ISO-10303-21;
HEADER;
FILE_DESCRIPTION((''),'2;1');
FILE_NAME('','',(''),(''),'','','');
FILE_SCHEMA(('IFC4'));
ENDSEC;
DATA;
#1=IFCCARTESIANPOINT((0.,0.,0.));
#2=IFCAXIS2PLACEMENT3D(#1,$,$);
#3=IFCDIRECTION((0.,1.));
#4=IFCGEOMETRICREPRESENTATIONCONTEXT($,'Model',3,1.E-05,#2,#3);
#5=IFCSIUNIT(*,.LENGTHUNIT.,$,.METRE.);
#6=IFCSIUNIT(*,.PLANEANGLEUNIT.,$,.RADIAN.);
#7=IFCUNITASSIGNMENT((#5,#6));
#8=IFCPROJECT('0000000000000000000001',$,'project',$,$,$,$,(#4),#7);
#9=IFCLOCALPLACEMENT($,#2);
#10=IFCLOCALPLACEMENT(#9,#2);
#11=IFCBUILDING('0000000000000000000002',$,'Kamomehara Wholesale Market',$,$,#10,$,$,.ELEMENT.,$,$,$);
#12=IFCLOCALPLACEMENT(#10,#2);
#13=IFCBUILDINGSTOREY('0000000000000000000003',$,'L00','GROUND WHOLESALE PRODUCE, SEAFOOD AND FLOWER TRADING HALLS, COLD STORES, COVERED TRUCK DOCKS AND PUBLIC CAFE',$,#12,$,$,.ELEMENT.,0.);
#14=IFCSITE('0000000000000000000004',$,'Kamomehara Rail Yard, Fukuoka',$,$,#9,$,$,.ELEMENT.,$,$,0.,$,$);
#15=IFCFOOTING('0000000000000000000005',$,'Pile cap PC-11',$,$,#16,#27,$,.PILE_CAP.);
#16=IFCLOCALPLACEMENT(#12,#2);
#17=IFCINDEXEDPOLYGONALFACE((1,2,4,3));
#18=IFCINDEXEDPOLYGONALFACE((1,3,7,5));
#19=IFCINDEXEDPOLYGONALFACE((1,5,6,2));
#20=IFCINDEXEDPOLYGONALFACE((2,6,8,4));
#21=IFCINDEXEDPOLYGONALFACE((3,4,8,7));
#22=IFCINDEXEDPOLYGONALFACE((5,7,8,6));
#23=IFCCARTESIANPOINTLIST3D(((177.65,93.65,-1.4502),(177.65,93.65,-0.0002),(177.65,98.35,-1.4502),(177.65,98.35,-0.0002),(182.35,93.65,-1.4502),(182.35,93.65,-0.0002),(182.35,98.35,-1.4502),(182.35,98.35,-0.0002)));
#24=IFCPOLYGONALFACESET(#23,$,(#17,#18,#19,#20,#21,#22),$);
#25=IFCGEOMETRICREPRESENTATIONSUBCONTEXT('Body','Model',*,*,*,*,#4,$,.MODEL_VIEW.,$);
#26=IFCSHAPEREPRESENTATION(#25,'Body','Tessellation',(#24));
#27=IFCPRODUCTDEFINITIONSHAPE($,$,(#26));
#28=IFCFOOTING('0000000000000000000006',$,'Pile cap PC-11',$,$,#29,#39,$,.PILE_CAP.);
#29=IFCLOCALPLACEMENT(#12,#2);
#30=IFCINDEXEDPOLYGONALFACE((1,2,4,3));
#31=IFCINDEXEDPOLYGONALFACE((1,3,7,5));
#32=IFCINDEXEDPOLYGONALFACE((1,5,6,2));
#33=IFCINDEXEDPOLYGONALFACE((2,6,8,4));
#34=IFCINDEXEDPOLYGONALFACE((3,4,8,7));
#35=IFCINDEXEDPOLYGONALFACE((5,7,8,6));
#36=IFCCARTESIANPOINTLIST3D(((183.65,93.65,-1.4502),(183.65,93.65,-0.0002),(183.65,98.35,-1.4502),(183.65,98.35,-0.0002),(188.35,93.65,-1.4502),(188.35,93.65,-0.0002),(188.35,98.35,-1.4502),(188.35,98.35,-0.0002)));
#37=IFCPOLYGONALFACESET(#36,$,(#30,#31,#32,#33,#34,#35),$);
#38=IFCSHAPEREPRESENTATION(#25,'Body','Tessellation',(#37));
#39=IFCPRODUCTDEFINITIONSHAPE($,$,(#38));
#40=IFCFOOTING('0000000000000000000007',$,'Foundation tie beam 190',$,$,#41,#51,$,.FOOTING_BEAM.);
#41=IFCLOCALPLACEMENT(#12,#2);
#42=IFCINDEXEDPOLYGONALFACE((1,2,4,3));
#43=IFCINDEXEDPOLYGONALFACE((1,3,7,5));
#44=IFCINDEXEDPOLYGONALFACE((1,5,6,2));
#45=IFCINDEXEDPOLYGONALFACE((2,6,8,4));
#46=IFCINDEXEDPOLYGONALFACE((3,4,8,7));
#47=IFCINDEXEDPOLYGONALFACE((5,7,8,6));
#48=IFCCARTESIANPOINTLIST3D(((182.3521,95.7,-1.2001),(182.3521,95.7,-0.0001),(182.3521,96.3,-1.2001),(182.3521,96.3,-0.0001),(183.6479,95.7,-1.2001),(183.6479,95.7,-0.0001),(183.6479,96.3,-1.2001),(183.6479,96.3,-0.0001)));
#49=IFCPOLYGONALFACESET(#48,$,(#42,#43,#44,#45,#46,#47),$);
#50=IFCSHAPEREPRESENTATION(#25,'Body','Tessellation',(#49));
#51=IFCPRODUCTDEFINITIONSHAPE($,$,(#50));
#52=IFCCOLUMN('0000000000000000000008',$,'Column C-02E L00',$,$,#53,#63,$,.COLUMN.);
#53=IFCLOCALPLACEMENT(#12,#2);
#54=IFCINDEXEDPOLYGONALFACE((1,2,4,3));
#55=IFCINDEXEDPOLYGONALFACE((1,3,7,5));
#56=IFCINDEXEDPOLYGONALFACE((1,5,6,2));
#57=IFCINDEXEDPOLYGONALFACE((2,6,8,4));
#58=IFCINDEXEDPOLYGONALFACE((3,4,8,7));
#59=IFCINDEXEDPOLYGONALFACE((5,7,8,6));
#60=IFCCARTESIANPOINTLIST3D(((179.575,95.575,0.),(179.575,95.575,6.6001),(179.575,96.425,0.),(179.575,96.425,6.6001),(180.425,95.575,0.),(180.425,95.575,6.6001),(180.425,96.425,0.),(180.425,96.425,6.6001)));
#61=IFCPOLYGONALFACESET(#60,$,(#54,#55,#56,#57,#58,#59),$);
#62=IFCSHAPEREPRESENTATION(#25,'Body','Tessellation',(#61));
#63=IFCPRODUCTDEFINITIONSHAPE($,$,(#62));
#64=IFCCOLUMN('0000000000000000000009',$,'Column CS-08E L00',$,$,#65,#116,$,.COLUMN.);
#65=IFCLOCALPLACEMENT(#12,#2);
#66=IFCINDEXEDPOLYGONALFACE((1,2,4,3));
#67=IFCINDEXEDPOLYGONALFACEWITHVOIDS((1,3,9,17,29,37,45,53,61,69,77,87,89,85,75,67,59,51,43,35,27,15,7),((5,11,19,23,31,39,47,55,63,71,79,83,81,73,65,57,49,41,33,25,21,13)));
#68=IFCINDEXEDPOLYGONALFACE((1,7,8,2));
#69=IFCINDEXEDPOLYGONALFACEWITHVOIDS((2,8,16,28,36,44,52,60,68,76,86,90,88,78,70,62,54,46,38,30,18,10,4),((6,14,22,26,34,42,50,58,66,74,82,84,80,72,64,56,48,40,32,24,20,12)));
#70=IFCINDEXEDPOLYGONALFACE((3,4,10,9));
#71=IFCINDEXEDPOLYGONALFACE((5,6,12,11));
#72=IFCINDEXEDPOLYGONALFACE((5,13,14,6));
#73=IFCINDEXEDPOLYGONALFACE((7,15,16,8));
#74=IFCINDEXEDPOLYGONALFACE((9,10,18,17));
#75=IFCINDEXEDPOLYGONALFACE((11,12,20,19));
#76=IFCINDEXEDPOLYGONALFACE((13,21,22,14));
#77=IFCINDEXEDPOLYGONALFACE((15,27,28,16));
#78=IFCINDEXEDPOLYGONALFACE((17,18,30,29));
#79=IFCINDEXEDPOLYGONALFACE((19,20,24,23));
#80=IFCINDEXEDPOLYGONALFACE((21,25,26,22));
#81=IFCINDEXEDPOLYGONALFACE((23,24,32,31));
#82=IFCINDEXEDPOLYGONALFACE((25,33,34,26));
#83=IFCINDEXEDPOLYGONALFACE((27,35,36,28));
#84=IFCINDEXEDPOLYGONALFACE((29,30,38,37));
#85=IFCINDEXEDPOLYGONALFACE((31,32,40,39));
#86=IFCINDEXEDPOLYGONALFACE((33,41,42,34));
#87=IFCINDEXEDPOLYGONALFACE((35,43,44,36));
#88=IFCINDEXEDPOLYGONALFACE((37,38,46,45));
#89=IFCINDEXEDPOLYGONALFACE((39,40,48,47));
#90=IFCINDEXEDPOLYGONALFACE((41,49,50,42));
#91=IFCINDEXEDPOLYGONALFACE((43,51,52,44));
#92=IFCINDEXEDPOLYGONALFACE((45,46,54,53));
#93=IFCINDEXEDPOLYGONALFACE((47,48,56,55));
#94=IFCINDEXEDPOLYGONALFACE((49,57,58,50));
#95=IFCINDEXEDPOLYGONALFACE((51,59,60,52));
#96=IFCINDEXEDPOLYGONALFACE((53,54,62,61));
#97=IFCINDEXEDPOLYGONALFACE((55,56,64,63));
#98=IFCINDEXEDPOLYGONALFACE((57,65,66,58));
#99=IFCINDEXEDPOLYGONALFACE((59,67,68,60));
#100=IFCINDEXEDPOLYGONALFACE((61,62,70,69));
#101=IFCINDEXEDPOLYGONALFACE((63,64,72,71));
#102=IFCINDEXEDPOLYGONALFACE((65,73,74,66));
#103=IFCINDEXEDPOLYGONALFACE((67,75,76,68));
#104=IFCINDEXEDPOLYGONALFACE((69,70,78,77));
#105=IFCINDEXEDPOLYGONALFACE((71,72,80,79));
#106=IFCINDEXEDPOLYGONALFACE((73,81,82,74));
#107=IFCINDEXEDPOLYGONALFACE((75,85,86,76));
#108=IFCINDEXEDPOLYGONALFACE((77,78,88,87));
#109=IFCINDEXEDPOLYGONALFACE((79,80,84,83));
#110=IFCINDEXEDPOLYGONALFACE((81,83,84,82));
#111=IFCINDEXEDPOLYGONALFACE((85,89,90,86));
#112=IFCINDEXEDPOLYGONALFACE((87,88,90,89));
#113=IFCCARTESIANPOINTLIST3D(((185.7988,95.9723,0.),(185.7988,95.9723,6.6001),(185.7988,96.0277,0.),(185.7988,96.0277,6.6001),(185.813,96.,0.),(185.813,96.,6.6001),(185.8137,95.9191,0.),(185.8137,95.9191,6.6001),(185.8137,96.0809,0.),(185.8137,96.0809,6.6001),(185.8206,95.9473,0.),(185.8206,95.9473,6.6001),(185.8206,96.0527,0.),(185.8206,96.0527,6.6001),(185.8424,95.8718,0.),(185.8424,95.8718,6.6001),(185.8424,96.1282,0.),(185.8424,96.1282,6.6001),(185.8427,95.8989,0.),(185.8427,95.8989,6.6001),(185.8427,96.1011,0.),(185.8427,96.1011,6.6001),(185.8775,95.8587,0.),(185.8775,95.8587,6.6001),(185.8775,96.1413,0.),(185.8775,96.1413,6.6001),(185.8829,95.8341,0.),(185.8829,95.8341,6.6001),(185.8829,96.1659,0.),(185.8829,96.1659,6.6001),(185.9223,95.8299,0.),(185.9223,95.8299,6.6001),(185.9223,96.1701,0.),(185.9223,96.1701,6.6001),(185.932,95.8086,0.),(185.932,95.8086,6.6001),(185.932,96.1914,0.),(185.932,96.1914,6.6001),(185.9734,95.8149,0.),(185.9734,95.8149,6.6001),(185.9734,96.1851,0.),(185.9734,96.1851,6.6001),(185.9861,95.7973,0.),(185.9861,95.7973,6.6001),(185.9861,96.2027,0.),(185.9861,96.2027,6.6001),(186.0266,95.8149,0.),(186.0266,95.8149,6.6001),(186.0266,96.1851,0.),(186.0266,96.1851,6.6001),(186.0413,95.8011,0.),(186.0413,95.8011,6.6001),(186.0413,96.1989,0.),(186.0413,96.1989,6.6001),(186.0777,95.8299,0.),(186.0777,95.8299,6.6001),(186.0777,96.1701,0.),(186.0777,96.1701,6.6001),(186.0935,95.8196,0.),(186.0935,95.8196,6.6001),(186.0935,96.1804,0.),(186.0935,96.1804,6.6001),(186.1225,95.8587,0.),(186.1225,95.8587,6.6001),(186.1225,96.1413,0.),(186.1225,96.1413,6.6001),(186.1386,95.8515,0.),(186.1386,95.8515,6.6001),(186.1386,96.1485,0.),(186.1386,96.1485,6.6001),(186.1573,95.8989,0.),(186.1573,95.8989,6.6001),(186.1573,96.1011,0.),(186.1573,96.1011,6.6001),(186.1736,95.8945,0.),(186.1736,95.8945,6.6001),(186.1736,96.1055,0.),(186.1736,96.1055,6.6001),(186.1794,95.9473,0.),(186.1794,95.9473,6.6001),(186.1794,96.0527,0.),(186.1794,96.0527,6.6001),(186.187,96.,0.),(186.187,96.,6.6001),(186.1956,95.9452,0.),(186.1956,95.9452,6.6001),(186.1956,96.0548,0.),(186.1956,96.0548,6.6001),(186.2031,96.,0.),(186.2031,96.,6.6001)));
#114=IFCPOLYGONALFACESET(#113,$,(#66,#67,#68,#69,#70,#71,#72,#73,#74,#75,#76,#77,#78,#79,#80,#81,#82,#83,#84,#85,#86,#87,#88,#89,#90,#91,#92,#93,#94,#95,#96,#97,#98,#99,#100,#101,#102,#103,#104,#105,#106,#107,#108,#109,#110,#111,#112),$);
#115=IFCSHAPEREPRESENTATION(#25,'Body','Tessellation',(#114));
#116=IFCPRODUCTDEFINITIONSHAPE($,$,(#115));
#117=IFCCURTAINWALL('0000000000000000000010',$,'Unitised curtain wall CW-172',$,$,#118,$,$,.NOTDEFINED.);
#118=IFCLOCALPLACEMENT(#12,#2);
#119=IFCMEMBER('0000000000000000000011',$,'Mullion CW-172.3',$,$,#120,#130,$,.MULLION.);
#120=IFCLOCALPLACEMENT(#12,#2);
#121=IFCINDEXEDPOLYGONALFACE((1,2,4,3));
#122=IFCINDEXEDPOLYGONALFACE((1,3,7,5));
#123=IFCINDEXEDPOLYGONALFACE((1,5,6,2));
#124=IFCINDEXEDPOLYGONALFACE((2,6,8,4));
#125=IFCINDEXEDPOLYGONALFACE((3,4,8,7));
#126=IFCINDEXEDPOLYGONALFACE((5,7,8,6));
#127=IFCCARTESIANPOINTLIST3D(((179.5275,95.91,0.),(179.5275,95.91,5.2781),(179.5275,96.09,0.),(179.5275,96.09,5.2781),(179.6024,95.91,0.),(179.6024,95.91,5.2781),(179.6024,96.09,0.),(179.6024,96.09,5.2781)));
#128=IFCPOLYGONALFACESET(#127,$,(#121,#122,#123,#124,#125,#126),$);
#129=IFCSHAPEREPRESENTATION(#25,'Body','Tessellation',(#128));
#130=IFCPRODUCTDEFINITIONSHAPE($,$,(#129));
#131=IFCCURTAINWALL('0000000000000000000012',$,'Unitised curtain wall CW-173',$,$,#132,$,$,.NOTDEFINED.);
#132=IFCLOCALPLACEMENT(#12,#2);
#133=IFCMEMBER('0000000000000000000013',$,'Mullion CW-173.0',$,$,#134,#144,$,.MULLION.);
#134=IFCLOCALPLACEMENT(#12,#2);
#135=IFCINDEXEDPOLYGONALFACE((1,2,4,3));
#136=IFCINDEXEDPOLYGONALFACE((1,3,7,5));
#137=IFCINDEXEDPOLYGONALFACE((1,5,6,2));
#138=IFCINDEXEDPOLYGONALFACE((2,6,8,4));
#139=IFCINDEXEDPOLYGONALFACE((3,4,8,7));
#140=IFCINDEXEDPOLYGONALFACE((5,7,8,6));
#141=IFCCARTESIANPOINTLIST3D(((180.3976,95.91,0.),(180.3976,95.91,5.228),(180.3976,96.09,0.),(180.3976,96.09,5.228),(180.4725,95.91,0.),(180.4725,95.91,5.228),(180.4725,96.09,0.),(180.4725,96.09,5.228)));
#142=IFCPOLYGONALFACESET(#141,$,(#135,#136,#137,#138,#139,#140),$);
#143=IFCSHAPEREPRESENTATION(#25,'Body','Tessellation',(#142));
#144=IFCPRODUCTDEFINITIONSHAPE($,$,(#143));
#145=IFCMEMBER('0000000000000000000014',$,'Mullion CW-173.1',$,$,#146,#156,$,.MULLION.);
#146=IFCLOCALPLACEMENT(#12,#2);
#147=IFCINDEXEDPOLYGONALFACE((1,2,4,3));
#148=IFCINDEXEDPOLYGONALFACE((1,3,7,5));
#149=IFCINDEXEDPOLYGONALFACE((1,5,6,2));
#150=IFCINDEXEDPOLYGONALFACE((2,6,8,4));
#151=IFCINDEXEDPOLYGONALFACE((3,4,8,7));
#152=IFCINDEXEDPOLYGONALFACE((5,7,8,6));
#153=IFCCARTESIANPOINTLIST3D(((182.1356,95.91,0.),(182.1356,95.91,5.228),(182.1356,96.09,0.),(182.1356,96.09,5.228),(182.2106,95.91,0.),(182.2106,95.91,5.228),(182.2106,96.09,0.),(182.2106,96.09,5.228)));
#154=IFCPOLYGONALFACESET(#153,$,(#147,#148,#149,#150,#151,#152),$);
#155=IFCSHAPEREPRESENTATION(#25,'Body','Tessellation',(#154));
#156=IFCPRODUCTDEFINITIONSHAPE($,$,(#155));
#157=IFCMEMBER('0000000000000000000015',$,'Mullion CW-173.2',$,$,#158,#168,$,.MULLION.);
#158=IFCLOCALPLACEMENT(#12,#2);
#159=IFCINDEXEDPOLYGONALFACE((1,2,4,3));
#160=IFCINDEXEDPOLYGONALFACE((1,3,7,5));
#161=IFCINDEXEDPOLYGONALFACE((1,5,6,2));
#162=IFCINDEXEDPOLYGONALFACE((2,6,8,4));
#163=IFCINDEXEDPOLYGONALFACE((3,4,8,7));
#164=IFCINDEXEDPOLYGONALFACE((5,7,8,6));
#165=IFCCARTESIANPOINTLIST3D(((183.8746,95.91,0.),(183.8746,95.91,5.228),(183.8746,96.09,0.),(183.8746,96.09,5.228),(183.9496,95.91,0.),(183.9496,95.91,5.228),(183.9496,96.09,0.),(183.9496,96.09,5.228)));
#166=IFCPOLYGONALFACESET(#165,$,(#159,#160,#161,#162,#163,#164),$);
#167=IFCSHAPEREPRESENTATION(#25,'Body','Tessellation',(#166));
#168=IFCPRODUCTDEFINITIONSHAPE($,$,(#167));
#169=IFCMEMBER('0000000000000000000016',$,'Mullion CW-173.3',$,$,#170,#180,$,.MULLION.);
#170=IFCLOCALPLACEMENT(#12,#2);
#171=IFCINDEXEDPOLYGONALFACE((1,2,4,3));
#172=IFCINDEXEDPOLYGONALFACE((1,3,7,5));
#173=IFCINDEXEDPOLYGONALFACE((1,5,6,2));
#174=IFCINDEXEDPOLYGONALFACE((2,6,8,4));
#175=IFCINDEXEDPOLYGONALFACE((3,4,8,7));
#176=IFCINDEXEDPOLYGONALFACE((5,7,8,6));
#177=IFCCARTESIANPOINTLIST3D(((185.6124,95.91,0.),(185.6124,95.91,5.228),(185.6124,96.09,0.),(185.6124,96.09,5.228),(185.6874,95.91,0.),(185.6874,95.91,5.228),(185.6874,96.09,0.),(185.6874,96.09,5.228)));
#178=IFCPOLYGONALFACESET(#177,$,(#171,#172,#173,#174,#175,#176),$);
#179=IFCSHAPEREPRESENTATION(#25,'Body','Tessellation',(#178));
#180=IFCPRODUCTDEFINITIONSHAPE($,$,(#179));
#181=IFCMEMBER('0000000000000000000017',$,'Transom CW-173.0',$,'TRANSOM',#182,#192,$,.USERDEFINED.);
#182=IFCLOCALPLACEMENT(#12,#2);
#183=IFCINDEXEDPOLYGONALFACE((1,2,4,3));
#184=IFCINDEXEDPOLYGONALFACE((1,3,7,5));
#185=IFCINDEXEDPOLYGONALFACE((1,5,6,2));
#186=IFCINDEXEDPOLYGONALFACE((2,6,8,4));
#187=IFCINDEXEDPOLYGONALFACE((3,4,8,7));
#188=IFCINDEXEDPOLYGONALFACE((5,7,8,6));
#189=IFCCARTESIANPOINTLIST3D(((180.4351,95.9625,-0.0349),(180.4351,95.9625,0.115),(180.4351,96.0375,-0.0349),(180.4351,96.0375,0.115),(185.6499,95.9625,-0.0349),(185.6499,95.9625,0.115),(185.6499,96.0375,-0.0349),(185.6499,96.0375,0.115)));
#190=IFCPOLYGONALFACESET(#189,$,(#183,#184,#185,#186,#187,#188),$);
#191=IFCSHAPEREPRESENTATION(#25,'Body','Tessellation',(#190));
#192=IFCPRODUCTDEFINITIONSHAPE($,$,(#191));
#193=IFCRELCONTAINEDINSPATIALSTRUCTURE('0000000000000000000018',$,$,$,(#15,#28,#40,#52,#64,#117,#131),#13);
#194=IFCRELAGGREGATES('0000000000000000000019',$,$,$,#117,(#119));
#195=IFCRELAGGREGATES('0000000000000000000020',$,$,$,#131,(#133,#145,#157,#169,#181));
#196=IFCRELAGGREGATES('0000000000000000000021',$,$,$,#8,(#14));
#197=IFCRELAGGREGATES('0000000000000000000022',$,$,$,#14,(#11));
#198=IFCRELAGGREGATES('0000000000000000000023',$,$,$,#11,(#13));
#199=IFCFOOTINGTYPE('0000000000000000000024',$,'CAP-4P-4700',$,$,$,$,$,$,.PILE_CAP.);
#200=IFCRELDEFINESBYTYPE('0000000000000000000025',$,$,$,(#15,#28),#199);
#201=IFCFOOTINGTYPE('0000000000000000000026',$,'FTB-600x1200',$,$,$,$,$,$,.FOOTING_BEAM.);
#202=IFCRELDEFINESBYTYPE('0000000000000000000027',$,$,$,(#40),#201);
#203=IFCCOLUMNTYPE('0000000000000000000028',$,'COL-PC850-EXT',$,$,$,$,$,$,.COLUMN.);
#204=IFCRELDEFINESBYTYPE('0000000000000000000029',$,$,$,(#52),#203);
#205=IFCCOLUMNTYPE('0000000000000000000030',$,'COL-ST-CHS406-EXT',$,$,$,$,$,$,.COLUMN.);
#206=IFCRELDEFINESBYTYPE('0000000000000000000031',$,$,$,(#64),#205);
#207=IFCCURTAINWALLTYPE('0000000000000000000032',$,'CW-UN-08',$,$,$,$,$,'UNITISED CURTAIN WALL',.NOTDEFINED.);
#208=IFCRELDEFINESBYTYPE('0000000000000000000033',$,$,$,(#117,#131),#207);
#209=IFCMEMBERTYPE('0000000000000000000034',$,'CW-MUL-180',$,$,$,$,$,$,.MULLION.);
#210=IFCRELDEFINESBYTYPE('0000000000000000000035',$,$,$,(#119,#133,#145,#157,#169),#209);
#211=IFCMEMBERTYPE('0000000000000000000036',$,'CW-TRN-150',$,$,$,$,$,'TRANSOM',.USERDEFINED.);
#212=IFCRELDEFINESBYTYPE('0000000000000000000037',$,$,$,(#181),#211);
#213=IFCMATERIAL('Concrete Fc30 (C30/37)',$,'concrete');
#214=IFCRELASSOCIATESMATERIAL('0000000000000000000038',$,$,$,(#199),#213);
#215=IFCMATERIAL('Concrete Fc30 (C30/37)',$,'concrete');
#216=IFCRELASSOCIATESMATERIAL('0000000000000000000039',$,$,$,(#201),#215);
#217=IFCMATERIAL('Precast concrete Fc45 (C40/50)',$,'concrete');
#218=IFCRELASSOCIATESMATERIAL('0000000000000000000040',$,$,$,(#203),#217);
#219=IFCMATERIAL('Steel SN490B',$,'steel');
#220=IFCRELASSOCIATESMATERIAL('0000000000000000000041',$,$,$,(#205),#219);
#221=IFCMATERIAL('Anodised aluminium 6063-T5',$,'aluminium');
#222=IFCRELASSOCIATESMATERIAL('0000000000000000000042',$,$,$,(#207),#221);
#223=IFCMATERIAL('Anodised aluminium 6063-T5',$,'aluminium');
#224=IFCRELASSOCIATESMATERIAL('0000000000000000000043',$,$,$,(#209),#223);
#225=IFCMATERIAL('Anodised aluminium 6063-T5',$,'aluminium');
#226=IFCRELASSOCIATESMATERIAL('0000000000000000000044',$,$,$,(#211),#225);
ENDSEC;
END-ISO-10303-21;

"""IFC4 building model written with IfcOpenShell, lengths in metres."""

from ifc_helpers import new_model, si_unit, direction, frame, origin, origin_2d, place, context, subcontext, project, spatial, rectangle, hollow_circle, extrude, material, material_profile, profile_set, type_object, element, aggregate, save


model = new_model("IFC4")

# Units and contexts
model_context = context("Model", 3, precision=1e-05, world=origin(), true_north=direction((0.0, 1.0)))
body_context = subcontext(model_context, "Body", "Model", "MODEL_VIEW")
ifc_project = project(units=[si_unit("LENGTHUNIT", "METRE"), si_unit("PLANEANGLEUNIT", "RADIAN")], contexts=[model_context])

# Site, building, storey
site_placement = place(None, origin())
site = spatial("IfcSite", under=ifc_project, at=site_placement, Name="Kamomehara Rail Yard, Fukuoka", CompositionType="ELEMENT", RefElevation=0.0)
building_placement = place(site_placement, origin())
building = spatial("IfcBuilding", under=site, at=building_placement, Name="Kamomehara Wholesale Market", CompositionType="ELEMENT")
storey_placement = place(building_placement, origin())
storey = spatial("IfcBuildingStorey", under=building, at=storey_placement, Name="L00", Description="GROUND WHOLESALE PRODUCE, SEAFOOD AND FLOWER TRADING HALLS, COLD STORES, COVERED TRUCK DOCKS AND PUBLIC CAFE", CompositionType="ELEMENT", Elevation=0.0)

# Footings
ifc_material_1 = material(Name="Concrete Fc30 (C30/37)", Category="concrete")
footing_type_1 = type_object("IfcFootingType", Name="CAP-4P-4700", PredefinedType="PILE_CAP", material=ifc_material_1)
for number, where, z_axis, x_axis, name in (
    (1, (180.0, 96.0, -1.4502), (0.0, 0.0, 1.0), (1.0, 0.0, 0.0), "Pile cap PC-11"),
    (2, (186.0, 96.0, -1.4502), (0.0, 0.0, 1.0), (1.0, 0.0, 0.0), "Pile cap PC-11"),
):
    element("IfcFooting", number, at=place(storey_placement, frame(where, z_axis=z_axis, x_axis=x_axis)), inside=storey, type_object=footing_type_1, Name=name, PredefinedType="PILE_CAP", context=body_context, shape_type="SweptSolid", body=[
        extrude(rectangle(XDim=4.7, YDim=4.7, at=origin_2d()), origin(), (0.0, 0.0, 1.0), 1.45),
    ])
ifc_material_2 = material(Name="Concrete Fc30 (C30/37)", Category="concrete")
ifc_material_profile_1 = material_profile(ifc_material_2, rectangle(XDim=0.6001, YDim=1.2, at=origin_2d()), Name="RC-FTB-600x1200")
ifc_profile_set_1 = profile_set([ifc_material_profile_1], Name="Concrete Fc30 (C30/37)")
footing_type_2 = type_object("IfcFootingType", Name="FTB-600x1200", PredefinedType="FOOTING_BEAM", material=ifc_profile_set_1)
footing_placement = place(storey_placement, frame((182.3521, 96.0, -0.6001), z_axis=(1.0, 0.0, 0.0), x_axis=(0.0, 1.0, 0.0)))
element("IfcFooting", 3, at=footing_placement, inside=storey, type_object=footing_type_2, Name="Foundation tie beam 190", PredefinedType="FOOTING_BEAM", context=body_context, shape_type="SweptSolid", body=[
    extrude(rectangle(XDim=0.6001, YDim=1.2, at=origin_2d()), origin(), (0.0, 0.0, 1.0), 1.2959),
])

# Columns
ifc_material_3 = material(Name="Precast concrete Fc45 (C40/50)", Category="concrete")
ifc_material_profile_2 = material_profile(ifc_material_3, rectangle(XDim=0.8501, YDim=0.8501, at=origin_2d()), Name="PC-COL-850x850")
ifc_profile_set_2 = profile_set([ifc_material_profile_2], Name="Precast concrete Fc45 (C40/50)")
column_type_1 = type_object("IfcColumnType", Name="COL-PC850-EXT", PredefinedType="COLUMN", material=ifc_profile_set_2)
column_1_placement = place(storey_placement, frame((180.0, 96.0, 0.0), z_axis=(0.0, 0.0, 1.0), x_axis=(1.0, 0.0, 0.0)))
element("IfcColumn", 4, at=column_1_placement, inside=storey, type_object=column_type_1, Name="Column C-02E L00", PredefinedType="COLUMN", context=body_context, shape_type="SweptSolid", body=[
    extrude(rectangle(XDim=0.8501, YDim=0.8501, at=origin_2d()), origin(), (0.0, 0.0, 1.0), 6.6001),
])
ifc_material_4 = material(Name="Steel SN490B", Category="steel")
ifc_material_profile_3 = material_profile(ifc_material_4, hollow_circle(Radius=0.2031, WallThickness=0.0161, at=origin_2d()), Name="CHS-406.4x16.0")
ifc_profile_set_3 = profile_set([ifc_material_profile_3], Name="Steel SN490B")
column_type_2 = type_object("IfcColumnType", Name="COL-ST-CHS406-EXT", PredefinedType="COLUMN", material=ifc_profile_set_3)
column_2_placement = place(storey_placement, frame((186.0, 96.0, 0.0), z_axis=(0.0, 0.0, 1.0), x_axis=(1.0, 0.0, 0.0)))
element("IfcColumn", 5, at=column_2_placement, inside=storey, type_object=column_type_2, Name="Column CS-08E L00", PredefinedType="COLUMN", context=body_context, shape_type="SweptSolid", body=[
    extrude(hollow_circle(Radius=0.2031, WallThickness=0.0161, at=origin_2d()), origin(), (0.0, 0.0, 1.0), 6.6001),
])

# Curtain wall, member
ifc_material_5 = material(Name="Anodised aluminium 6063-T5", Category="aluminium")
curtain_wall_type = type_object("IfcCurtainWallType", Name="CW-UN-08", ElementType="UNITISED CURTAIN WALL", PredefinedType="NOTDEFINED", material=ifc_material_5)
curtain_wall_1_placement = place(storey_placement, origin())
curtain_wall_1 = element("IfcCurtainWall", 6, at=curtain_wall_1_placement, inside=storey, type_object=curtain_wall_type, Name="Unitised curtain wall CW-172", PredefinedType="NOTDEFINED")
ifc_material_6 = material(Name="Anodised aluminium 6063-T5", Category="aluminium")
ifc_material_profile_4 = material_profile(ifc_material_6, rectangle(XDim=0.075, YDim=0.1799, at=origin_2d()), Name="ALU-MUL-75x180")
ifc_profile_set_4 = profile_set([ifc_material_profile_4], Name="Anodised aluminium 6063-T5")
member_type_1 = type_object("IfcMemberType", Name="CW-MUL-180", PredefinedType="MULLION", material=ifc_profile_set_4)
member_1_placement = place(storey_placement, frame((179.5649, 96.0, 0.0), z_axis=(0.0, 0.0, 1.0), x_axis=(1.0, 0.0, 0.0)))
member_1 = element("IfcMember", 7, at=member_1_placement, type_object=member_type_1, Name="Mullion CW-172.3", PredefinedType="MULLION", context=body_context, shape_type="SweptSolid", body=[
    extrude(rectangle(XDim=0.075, YDim=0.1799, at=origin_2d()), origin(), (0.0, 0.0, 1.0), 5.2781),
])

# Curtain wall, members
curtain_wall_2_placement = place(storey_placement, origin())
curtain_wall_2 = element("IfcCurtainWall", 8, at=curtain_wall_2_placement, inside=storey, type_object=curtain_wall_type, Name="Unitised curtain wall CW-173", PredefinedType="NOTDEFINED")
member_2_placement = place(storey_placement, frame((180.4351, 96.0, 0.0), z_axis=(0.0, 0.0, 1.0), x_axis=(1.0, 0.0, 0.0)))
member_2 = element("IfcMember", 9, at=member_2_placement, type_object=member_type_1, Name="Mullion CW-173.0", PredefinedType="MULLION", context=body_context, shape_type="SweptSolid", body=[
    extrude(rectangle(XDim=0.075, YDim=0.1799, at=origin_2d()), origin(), (0.0, 0.0, 1.0), 5.228),
])
member_3_placement = place(storey_placement, frame((182.1731, 96.0, 0.0), z_axis=(0.0, 0.0, 1.0), x_axis=(1.0, 0.0, 0.0)))
member_3 = element("IfcMember", 10, at=member_3_placement, type_object=member_type_1, Name="Mullion CW-173.1", PredefinedType="MULLION", context=body_context, shape_type="SweptSolid", body=[
    extrude(rectangle(XDim=0.075, YDim=0.1799, at=origin_2d()), origin(), (0.0, 0.0, 1.0), 5.228),
])
member_4_placement = place(storey_placement, frame((183.9121, 96.0, 0.0), z_axis=(0.0, 0.0, 1.0), x_axis=(1.0, 0.0, 0.0)))
member_4 = element("IfcMember", 11, at=member_4_placement, type_object=member_type_1, Name="Mullion CW-173.2", PredefinedType="MULLION", context=body_context, shape_type="SweptSolid", body=[
    extrude(rectangle(XDim=0.075, YDim=0.1799, at=origin_2d()), origin(), (0.0, 0.0, 1.0), 5.228),
])
member_5_placement = place(storey_placement, frame((185.6499, 96.0, 0.0), z_axis=(0.0, 0.0, 1.0), x_axis=(1.0, 0.0, 0.0)))
member_5 = element("IfcMember", 12, at=member_5_placement, type_object=member_type_1, Name="Mullion CW-173.3", PredefinedType="MULLION", context=body_context, shape_type="SweptSolid", body=[
    extrude(rectangle(XDim=0.075, YDim=0.1799, at=origin_2d()), origin(), (0.0, 0.0, 1.0), 5.228),
])
ifc_material_7 = material(Name="Anodised aluminium 6063-T5", Category="aluminium")
ifc_material_profile_5 = material_profile(ifc_material_7, rectangle(XDim=0.075, YDim=0.1499, at=origin_2d()), Name="ALU-TRN-75x150")
ifc_profile_set_5 = profile_set([ifc_material_profile_5], Name="Anodised aluminium 6063-T5")
member_type_2 = type_object("IfcMemberType", Name="CW-TRN-150", ElementType="TRANSOM", PredefinedType="USERDEFINED", material=ifc_profile_set_5)
member_6_placement = place(storey_placement, frame((180.4351, 96.0, 0.04), z_axis=(1.0, 0.0, 0.0), x_axis=(0.0, 1.0, 0.0)))
member_6 = element("IfcMember", 13, at=member_6_placement, type_object=member_type_2, Name="Transom CW-173.0", ObjectType="TRANSOM", PredefinedType="USERDEFINED", context=body_context, shape_type="SweptSolid", body=[
    extrude(rectangle(XDim=0.075, YDim=0.1499, at=origin_2d()), origin(), (0.0, 0.0, 1.0), 5.2148),
])

aggregate(curtain_wall_1, [member_1])
aggregate(curtain_wall_2, [member_2, member_3, member_4, member_5, member_6])

save(model, "model.ifc")
